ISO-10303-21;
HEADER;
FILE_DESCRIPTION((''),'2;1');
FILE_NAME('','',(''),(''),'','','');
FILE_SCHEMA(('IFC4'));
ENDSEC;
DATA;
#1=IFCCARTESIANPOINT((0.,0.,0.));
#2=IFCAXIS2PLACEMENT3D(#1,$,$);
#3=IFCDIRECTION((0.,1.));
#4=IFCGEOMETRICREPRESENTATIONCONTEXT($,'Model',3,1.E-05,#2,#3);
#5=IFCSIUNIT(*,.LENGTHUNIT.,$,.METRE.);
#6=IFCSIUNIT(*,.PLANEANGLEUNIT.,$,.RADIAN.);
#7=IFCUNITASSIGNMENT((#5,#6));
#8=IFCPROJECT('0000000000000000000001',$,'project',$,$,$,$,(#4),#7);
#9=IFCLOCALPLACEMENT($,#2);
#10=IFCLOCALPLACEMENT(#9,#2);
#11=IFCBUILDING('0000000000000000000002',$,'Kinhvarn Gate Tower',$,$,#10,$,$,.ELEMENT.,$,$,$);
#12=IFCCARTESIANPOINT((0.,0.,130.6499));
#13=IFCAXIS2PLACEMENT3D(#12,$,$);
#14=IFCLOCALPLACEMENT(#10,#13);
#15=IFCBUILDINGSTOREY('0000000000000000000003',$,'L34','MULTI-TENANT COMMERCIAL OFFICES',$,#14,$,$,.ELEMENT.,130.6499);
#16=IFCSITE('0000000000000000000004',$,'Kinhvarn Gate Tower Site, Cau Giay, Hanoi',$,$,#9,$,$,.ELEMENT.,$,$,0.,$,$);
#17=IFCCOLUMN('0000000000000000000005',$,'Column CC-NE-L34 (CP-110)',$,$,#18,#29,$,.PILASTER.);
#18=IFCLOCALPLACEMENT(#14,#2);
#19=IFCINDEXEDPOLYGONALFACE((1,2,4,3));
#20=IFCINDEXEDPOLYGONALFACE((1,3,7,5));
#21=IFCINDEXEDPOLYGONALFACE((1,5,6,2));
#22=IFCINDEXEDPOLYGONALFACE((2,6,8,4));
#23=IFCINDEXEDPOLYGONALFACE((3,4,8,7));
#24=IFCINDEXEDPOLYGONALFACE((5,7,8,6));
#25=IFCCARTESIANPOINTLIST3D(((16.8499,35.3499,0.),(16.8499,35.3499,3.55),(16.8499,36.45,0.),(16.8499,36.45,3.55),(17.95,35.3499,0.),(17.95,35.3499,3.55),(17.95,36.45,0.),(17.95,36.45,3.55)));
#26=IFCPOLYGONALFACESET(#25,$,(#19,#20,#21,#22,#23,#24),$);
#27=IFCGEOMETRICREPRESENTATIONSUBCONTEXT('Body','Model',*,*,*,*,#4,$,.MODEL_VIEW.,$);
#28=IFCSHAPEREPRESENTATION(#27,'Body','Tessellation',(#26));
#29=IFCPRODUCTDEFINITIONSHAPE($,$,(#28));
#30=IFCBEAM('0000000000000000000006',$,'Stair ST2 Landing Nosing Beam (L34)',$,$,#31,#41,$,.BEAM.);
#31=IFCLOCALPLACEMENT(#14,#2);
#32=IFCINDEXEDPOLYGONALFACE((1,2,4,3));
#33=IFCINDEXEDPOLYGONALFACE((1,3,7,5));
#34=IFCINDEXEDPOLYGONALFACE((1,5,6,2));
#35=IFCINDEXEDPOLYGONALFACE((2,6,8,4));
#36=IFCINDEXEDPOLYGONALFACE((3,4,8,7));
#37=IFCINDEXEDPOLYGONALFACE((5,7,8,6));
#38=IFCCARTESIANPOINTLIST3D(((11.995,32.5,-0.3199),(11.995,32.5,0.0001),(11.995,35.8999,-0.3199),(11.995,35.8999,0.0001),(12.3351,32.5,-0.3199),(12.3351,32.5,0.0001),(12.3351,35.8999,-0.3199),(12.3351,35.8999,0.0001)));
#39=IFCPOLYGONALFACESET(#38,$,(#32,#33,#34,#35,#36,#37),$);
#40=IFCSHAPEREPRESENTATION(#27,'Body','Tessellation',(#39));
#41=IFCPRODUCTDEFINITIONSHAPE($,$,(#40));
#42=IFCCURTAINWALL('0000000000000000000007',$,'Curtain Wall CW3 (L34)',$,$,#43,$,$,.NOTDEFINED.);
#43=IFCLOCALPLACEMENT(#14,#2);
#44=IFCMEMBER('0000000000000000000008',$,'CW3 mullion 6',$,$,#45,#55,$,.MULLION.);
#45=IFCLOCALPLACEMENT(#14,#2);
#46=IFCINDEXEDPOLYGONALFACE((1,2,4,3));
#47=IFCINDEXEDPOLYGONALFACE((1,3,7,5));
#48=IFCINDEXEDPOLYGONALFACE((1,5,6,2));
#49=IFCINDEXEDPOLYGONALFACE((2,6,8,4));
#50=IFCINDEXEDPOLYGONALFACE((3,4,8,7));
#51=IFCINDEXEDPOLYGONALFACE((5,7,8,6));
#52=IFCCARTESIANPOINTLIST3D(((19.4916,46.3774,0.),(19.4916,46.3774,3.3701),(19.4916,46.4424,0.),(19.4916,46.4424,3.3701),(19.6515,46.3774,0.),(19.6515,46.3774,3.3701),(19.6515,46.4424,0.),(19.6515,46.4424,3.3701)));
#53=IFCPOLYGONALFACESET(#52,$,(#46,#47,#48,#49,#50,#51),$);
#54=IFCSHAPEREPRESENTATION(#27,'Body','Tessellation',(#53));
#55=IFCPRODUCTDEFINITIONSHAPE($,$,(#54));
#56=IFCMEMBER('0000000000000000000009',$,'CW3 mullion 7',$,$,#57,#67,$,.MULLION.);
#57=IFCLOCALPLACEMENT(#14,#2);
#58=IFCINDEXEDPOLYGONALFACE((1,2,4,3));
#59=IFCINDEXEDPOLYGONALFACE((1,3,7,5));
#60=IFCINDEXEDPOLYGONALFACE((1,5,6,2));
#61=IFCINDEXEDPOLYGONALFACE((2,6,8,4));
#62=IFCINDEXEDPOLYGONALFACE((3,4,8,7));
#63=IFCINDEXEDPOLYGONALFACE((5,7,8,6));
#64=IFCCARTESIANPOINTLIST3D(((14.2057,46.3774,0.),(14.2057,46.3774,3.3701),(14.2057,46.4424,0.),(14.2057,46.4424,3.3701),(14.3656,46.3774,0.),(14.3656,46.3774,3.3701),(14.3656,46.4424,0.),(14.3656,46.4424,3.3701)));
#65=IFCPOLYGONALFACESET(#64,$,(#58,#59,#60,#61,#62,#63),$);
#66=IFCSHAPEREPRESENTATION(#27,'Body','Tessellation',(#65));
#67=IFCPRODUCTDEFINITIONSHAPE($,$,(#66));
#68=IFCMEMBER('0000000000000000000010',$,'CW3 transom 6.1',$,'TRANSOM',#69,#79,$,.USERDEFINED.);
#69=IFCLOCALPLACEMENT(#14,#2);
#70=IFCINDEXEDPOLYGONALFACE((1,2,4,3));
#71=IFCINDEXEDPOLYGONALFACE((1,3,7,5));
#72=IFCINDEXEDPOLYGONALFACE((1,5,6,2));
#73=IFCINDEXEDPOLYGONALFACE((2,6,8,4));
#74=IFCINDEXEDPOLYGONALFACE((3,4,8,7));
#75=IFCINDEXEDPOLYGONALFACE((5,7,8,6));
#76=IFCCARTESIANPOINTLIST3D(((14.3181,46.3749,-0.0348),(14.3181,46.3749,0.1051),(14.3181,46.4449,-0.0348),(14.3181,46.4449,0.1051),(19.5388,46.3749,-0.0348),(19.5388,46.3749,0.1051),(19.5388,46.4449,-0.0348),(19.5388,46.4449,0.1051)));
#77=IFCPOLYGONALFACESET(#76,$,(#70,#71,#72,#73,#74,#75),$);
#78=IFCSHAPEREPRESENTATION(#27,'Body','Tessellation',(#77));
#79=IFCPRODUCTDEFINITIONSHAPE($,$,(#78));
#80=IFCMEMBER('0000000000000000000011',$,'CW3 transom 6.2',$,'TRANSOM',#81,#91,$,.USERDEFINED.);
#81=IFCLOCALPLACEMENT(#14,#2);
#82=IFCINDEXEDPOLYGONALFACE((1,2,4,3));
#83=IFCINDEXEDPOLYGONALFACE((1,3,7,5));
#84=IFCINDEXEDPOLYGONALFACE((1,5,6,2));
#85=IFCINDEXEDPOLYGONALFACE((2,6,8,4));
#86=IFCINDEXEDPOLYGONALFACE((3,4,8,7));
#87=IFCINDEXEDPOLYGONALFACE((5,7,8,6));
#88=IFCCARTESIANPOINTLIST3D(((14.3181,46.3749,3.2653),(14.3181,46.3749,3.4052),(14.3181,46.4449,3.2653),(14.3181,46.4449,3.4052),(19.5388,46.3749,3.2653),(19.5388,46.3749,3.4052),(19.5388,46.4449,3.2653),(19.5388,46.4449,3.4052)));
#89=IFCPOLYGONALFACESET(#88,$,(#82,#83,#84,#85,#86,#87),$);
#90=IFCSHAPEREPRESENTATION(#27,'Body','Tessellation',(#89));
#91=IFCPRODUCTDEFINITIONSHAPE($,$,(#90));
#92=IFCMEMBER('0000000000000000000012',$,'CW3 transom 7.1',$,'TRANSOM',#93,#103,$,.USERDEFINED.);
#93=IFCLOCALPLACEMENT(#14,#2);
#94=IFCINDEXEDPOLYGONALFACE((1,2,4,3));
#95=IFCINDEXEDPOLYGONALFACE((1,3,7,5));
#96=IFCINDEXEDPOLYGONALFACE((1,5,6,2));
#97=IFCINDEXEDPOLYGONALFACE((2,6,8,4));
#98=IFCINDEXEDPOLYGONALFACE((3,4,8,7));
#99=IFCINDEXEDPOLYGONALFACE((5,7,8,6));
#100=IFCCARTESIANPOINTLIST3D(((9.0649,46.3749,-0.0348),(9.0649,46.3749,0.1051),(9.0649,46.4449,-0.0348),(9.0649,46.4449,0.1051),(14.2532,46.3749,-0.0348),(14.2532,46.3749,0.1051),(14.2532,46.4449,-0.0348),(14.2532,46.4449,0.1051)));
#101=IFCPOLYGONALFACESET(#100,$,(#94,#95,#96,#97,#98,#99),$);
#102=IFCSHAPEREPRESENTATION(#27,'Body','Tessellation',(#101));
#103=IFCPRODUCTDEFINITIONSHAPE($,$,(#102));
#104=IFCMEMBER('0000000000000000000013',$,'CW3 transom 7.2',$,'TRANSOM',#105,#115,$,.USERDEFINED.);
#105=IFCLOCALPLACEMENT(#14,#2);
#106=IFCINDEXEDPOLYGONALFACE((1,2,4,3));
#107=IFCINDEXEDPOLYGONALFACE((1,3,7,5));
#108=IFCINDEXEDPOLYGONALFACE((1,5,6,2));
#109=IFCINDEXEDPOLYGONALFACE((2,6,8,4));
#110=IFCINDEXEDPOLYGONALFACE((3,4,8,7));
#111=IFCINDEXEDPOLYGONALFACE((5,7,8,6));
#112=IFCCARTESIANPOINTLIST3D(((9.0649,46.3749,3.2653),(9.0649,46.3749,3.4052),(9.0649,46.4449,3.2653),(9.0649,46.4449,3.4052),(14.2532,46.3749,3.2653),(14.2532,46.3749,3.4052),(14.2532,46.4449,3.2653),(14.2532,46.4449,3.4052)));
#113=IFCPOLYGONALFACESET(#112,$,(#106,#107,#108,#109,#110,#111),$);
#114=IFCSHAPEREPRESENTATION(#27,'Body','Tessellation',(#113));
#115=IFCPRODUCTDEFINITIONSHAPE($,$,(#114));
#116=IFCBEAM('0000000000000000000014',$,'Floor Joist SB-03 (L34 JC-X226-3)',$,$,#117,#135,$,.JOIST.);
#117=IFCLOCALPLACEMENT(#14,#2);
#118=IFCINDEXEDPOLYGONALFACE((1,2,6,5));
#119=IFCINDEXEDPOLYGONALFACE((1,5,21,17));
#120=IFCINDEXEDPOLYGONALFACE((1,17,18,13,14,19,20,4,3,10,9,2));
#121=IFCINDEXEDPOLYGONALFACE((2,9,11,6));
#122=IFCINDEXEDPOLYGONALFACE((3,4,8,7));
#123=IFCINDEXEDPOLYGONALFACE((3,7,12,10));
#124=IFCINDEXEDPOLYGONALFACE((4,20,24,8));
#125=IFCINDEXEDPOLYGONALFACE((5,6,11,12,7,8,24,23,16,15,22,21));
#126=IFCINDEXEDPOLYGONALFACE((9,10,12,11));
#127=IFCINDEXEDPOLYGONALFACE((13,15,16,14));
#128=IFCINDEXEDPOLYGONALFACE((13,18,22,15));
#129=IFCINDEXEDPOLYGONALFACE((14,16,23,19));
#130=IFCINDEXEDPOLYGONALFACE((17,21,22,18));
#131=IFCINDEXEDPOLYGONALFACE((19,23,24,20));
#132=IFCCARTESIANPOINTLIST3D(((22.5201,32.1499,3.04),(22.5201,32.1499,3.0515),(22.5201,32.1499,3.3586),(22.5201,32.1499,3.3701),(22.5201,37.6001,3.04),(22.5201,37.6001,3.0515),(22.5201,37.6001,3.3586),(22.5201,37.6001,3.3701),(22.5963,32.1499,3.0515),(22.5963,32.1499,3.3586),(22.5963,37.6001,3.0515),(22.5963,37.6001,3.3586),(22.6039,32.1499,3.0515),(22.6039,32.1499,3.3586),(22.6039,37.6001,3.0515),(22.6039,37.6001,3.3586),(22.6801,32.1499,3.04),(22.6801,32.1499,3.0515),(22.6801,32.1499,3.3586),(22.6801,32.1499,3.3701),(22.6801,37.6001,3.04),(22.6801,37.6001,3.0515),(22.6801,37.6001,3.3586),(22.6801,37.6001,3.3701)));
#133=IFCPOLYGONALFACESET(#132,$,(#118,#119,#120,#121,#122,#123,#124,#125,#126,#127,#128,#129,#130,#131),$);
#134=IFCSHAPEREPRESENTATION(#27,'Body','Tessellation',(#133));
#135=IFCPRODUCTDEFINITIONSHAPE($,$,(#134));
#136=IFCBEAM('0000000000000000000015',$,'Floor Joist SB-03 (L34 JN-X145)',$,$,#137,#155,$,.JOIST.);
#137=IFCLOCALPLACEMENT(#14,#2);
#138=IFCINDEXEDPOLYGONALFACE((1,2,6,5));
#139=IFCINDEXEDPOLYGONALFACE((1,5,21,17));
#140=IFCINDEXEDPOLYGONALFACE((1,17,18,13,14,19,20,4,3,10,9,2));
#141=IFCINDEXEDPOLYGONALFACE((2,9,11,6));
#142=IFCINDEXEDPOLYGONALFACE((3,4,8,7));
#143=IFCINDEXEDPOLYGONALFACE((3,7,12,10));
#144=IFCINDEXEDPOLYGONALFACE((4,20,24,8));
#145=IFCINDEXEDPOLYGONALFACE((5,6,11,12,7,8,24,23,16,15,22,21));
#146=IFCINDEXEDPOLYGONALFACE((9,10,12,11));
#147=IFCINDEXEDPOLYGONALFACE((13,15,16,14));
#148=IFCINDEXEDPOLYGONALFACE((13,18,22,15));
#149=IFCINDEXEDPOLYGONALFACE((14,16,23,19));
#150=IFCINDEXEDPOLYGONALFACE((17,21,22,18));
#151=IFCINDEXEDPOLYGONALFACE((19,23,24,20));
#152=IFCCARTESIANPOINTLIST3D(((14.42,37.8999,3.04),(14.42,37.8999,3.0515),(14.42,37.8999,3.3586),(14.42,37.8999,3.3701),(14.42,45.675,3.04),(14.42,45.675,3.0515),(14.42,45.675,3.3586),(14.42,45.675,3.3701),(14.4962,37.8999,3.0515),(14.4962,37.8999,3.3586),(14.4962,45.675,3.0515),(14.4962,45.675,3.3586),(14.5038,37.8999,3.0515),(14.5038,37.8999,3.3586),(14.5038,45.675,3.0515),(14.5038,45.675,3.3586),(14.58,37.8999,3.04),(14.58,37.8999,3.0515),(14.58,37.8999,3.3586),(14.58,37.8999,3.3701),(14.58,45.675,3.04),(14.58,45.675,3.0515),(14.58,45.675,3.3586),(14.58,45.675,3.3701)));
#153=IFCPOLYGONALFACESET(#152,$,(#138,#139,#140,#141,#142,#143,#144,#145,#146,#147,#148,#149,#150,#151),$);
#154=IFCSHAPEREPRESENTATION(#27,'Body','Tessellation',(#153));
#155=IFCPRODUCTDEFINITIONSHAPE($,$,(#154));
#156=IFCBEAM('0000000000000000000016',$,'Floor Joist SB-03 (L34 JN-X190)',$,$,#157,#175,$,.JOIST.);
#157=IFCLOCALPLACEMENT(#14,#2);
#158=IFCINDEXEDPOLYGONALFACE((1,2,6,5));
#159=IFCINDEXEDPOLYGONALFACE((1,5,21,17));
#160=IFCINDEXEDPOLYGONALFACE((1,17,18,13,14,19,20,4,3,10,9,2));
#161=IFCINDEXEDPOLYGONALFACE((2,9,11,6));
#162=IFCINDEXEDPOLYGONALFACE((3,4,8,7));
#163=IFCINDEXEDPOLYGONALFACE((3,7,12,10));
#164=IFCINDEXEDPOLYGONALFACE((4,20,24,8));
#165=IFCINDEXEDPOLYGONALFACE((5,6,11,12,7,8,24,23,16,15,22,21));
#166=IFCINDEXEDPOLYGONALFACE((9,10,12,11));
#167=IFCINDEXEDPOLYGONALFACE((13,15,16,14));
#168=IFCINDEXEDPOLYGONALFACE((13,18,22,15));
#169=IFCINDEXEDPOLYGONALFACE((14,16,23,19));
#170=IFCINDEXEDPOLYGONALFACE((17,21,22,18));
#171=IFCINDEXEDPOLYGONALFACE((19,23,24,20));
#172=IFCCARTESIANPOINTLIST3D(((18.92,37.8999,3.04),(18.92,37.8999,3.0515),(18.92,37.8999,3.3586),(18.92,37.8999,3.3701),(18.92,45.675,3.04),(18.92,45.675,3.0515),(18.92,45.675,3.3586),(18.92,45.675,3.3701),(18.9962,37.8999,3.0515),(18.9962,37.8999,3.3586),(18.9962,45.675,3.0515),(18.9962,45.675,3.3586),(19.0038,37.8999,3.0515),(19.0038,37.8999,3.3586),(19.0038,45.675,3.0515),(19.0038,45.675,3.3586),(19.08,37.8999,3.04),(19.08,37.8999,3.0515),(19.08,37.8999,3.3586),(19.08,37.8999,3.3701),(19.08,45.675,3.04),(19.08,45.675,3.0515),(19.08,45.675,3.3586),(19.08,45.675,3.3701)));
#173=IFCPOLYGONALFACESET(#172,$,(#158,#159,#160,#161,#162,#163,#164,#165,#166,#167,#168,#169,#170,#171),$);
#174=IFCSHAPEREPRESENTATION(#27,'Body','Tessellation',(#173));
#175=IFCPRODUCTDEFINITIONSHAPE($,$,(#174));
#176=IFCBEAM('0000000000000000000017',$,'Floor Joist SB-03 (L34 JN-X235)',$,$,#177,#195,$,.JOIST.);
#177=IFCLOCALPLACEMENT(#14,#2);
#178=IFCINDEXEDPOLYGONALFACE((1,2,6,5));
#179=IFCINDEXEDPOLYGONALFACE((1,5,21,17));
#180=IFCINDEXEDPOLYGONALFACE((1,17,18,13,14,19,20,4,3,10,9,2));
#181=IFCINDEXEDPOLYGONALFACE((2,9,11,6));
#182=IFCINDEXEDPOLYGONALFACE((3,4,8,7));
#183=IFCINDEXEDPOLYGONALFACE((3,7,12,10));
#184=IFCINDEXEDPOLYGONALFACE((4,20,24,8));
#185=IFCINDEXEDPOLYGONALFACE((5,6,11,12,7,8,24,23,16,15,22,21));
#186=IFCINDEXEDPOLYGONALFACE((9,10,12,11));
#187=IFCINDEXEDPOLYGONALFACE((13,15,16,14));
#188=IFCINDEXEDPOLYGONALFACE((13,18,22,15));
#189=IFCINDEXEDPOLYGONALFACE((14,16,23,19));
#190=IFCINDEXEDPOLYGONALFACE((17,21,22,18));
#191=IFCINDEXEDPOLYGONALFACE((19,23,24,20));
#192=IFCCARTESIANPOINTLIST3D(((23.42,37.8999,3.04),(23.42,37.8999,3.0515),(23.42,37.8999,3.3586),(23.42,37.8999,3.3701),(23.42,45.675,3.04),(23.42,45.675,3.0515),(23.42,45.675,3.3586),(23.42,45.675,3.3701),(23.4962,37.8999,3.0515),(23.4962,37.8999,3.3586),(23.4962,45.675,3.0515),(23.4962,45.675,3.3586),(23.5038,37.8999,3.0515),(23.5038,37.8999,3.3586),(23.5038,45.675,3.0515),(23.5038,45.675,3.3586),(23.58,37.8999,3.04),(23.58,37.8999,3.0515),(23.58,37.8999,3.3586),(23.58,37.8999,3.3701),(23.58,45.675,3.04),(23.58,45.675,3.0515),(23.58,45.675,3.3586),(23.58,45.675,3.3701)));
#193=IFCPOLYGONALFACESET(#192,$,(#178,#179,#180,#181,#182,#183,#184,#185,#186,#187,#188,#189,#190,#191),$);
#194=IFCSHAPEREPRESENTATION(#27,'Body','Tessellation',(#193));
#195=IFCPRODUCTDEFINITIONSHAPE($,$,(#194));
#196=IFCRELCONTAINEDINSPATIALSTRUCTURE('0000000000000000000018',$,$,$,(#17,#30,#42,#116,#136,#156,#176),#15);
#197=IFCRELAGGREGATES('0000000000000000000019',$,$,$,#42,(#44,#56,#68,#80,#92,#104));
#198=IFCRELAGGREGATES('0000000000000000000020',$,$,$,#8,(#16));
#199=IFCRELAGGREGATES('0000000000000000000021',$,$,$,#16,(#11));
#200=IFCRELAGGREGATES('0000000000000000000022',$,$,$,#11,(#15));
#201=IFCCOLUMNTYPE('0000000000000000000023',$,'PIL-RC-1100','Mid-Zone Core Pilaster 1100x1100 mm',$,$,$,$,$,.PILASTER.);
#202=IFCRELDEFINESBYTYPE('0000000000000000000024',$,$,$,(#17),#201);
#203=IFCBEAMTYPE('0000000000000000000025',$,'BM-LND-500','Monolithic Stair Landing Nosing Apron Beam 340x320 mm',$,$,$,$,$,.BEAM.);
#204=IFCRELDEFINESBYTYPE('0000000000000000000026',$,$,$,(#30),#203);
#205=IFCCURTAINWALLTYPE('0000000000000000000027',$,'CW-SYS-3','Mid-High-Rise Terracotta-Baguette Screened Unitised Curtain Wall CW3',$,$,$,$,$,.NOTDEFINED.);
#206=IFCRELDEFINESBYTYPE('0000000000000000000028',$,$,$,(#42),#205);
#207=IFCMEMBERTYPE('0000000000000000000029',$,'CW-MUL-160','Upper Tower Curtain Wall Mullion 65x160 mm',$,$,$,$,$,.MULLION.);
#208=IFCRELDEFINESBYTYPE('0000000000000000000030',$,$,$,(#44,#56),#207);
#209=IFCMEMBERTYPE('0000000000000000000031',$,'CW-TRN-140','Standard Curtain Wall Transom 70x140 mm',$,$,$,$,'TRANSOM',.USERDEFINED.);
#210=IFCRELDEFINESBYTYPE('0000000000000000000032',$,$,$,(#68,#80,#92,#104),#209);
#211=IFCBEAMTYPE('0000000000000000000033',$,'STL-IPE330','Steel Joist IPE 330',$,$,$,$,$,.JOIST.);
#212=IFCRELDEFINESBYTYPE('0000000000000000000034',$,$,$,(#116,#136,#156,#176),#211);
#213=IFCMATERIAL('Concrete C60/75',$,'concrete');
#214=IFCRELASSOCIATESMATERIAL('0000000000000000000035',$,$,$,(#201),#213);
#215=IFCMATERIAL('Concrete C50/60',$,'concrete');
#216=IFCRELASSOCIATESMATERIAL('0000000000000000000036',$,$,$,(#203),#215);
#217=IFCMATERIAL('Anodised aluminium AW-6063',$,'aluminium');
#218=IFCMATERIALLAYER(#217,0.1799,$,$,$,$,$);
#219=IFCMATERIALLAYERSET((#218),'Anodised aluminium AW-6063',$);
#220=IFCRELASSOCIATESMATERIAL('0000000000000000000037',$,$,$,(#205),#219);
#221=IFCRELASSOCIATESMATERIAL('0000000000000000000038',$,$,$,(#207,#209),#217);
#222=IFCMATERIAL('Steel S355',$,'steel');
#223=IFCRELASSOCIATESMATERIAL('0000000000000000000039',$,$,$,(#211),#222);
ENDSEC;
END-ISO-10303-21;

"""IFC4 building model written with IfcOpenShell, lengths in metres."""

from ifc_helpers import new_model, si_unit, direction, frame, origin, origin_2d, place, context, subcontext, project, spatial, rectangle, i_section, extrude, material, layer, layer_set, material_profile, profile_set, type_object, element, aggregate, save


model = new_model("IFC4")

# Units and contexts
model_context = context("Model", 3, precision=1e-05, world=origin(), true_north=direction((0.0, 1.0)))
body_context = subcontext(model_context, "Body", "Model", "MODEL_VIEW")
ifc_project = project(units=[si_unit("LENGTHUNIT", "METRE"), si_unit("PLANEANGLEUNIT", "RADIAN")], contexts=[model_context])

# Site, building, storey
site_placement = place(None, origin())
site = spatial("IfcSite", under=ifc_project, at=site_placement, Name="Kinhvarn Gate Tower Site, Cau Giay, Hanoi", CompositionType="ELEMENT", RefElevation=0.0)
building_placement = place(site_placement, origin())
building = spatial("IfcBuilding", under=site, at=building_placement, Name="Kinhvarn Gate Tower", CompositionType="ELEMENT")
storey_placement = place(building_placement, frame((0.0, 0.0, 130.6499)))
storey = spatial("IfcBuildingStorey", under=building, at=storey_placement, Name="L34", Description="MULTI-TENANT COMMERCIAL OFFICES", CompositionType="ELEMENT", Elevation=130.6499)

# Column
ifc_material_1 = material(Name="Concrete C60/75", Category="concrete")
ifc_material_profile_1 = material_profile(ifc_material_1, rectangle(XDim=1.1001, YDim=1.1001, at=origin_2d()), Name="RC 1100x1100")
ifc_profile_set_1 = profile_set([ifc_material_profile_1], Name="Concrete C60/75")
column_type = type_object("IfcColumnType", Name="PIL-RC-1100", Description="Mid-Zone Core Pilaster 1100x1100 mm", PredefinedType="PILASTER", material=ifc_profile_set_1)
column_placement = place(storey_placement, frame((17.3999, 35.8999, 0.0), z_axis=(0.0, 0.0, 1.0), x_axis=(1.0, 0.0, 0.0)))
element("IfcColumn", 1, at=column_placement, inside=storey, type_object=column_type, Name="Column CC-NE-L34 (CP-110)", PredefinedType="PILASTER", context=body_context, shape_type="SweptSolid", body=[
    extrude(rectangle(XDim=1.1001, YDim=1.1001, at=origin_2d()), origin(), (0.0, 0.0, 1.0), 3.55),
])

# Beam
ifc_material_2 = material(Name="Concrete C50/60", Category="concrete")
ifc_material_profile_2 = material_profile(ifc_material_2, rectangle(XDim=0.3401, YDim=0.3201, at=origin_2d()), Name="RC 340x320")
ifc_profile_set_2 = profile_set([ifc_material_profile_2], Name="Concrete C50/60")
beam_type_1 = type_object("IfcBeamType", Name="BM-LND-500", Description="Monolithic Stair Landing Nosing Apron Beam 340x320 mm", PredefinedType="BEAM", material=ifc_profile_set_2)
beam_1_placement = place(storey_placement, frame((12.165, 32.5, -0.1599), z_axis=(0.0, 1.0, 0.0), x_axis=(-1.0, 0.0, 0.0)))
element("IfcBeam", 2, at=beam_1_placement, inside=storey, type_object=beam_type_1, Name="Stair ST2 Landing Nosing Beam (L34)", PredefinedType="BEAM", context=body_context, shape_type="SweptSolid", body=[
    extrude(rectangle(XDim=0.3401, YDim=0.3201, at=origin_2d()), origin(), (0.0, 0.0, 1.0), 3.3999),
])

# Curtain wall, members
ifc_material_3 = material(Name="Anodised aluminium AW-6063", Category="aluminium")
ifc_layer_1 = layer(ifc_material_3, 0.1799)
ifc_layer_set_1 = layer_set([ifc_layer_1], Name="Anodised aluminium AW-6063")
curtain_wall_type = type_object("IfcCurtainWallType", Name="CW-SYS-3", Description="Mid-High-Rise Terracotta-Baguette Screened Unitised Curtain Wall CW3", PredefinedType="NOTDEFINED", material=ifc_layer_set_1)
curtain_wall_placement = place(storey_placement, origin())
curtain_wall = element("IfcCurtainWall", 3, at=curtain_wall_placement, inside=storey, type_object=curtain_wall_type, Name="Curtain Wall CW3 (L34)", PredefinedType="NOTDEFINED")
ifc_material_profile_3 = material_profile(ifc_material_3, rectangle(XDim=0.0649, YDim=0.1599, at=origin_2d()), Name="ALU 65x160")
ifc_profile_set_3 = profile_set([ifc_material_profile_3], Name="Anodised aluminium AW-6063")
member_type_1 = type_object("IfcMemberType", Name="CW-MUL-160", Description="Upper Tower Curtain Wall Mullion 65x160 mm", PredefinedType="MULLION", material=ifc_profile_set_3)
member_1_placement = place(storey_placement, frame((19.5715, 46.4099, 0.0), z_axis=(0.0, 0.0, 1.0), x_axis=(0.0, -1.0, 0.0)))
member_1 = element("IfcMember", 4, at=member_1_placement, type_object=member_type_1, Name="CW3 mullion 6", PredefinedType="MULLION", context=body_context, shape_type="SweptSolid", body=[
    extrude(rectangle(XDim=0.0649, YDim=0.1599, at=origin_2d()), origin(), (0.0, 0.0, 1.0), 3.3701),
])
member_2_placement = place(storey_placement, frame((14.2856, 46.4099, 0.0), z_axis=(0.0, 0.0, 1.0), x_axis=(0.0, -1.0, 0.0)))
member_2 = element("IfcMember", 5, at=member_2_placement, type_object=member_type_1, Name="CW3 mullion 7", PredefinedType="MULLION", context=body_context, shape_type="SweptSolid", body=[
    extrude(rectangle(XDim=0.0649, YDim=0.1599, at=origin_2d()), origin(), (0.0, 0.0, 1.0), 3.3701),
])
ifc_material_profile_4 = material_profile(ifc_material_3, rectangle(XDim=0.0701, YDim=0.1399, at=origin_2d()), Name="ALU 70x140")
ifc_profile_set_4 = profile_set([ifc_material_profile_4], Name="Anodised aluminium AW-6063")
member_type_2 = type_object("IfcMemberType", Name="CW-TRN-140", Description="Standard Curtain Wall Transom 70x140 mm", ElementType="TRANSOM", PredefinedType="USERDEFINED", material=ifc_profile_set_4)
member_3_placement = place(storey_placement, frame((19.5388, 46.4099, 0.0352), z_axis=(-1.0, 0.0, 0.0), x_axis=(0.0, -1.0, 0.0)))
member_3 = element("IfcMember", 6, at=member_3_placement, type_object=member_type_2, Name="CW3 transom 6.1", ObjectType="TRANSOM", PredefinedType="USERDEFINED", context=body_context, shape_type="SweptSolid", body=[
    extrude(rectangle(XDim=0.0701, YDim=0.1399, at=origin_2d()), origin(), (0.0, 0.0, 1.0), 5.2207),
])
member_4_placement = place(storey_placement, frame((19.5388, 46.4099, 3.3352), z_axis=(-1.0, 0.0, 0.0), x_axis=(0.0, -1.0, 0.0)))
member_4 = element("IfcMember", 7, at=member_4_placement, type_object=member_type_2, Name="CW3 transom 6.2", ObjectType="TRANSOM", PredefinedType="USERDEFINED", context=body_context, shape_type="SweptSolid", body=[
    extrude(rectangle(XDim=0.0701, YDim=0.1399, at=origin_2d()), origin(), (0.0, 0.0, 1.0), 5.2207),
])
member_5_placement = place(storey_placement, frame((14.2532, 46.4099, 0.0352), z_axis=(-1.0, 0.0, 0.0), x_axis=(0.0, -1.0, 0.0)))
member_5 = element("IfcMember", 8, at=member_5_placement, type_object=member_type_2, Name="CW3 transom 7.1", ObjectType="TRANSOM", PredefinedType="USERDEFINED", context=body_context, shape_type="SweptSolid", body=[
    extrude(rectangle(XDim=0.0701, YDim=0.1399, at=origin_2d()), origin(), (0.0, 0.0, 1.0), 5.1882),
])
member_6_placement = place(storey_placement, frame((14.2532, 46.4099, 3.3352), z_axis=(-1.0, 0.0, 0.0), x_axis=(0.0, -1.0, 0.0)))
member_6 = element("IfcMember", 9, at=member_6_placement, type_object=member_type_2, Name="CW3 transom 7.2", ObjectType="TRANSOM", PredefinedType="USERDEFINED", context=body_context, shape_type="SweptSolid", body=[
    extrude(rectangle(XDim=0.0701, YDim=0.1399, at=origin_2d()), origin(), (0.0, 0.0, 1.0), 5.1882),
])

# Beams
ifc_material_4 = material(Name="Steel S355", Category="steel")
ifc_material_profile_5 = material_profile(ifc_material_4, i_section(OverallWidth=0.1599, OverallDepth=0.3301, WebThickness=0.0076, FlangeThickness=0.0115, at=origin_2d()), Name="IPE 330")
ifc_profile_set_5 = profile_set([ifc_material_profile_5], Name="Steel S355")
beam_type_2 = type_object("IfcBeamType", Name="STL-IPE330", Description="Steel Joist IPE 330", PredefinedType="JOIST", material=ifc_profile_set_5)
beam_2_placement = place(storey_placement, frame((22.6001, 32.1499, 3.2051), z_axis=(0.0, 1.0, 0.0), x_axis=(-1.0, 0.0, 0.0)))
element("IfcBeam", 10, at=beam_2_placement, inside=storey, type_object=beam_type_2, Name="Floor Joist SB-03 (L34 JC-X226-3)", PredefinedType="JOIST", context=body_context, shape_type="SweptSolid", body=[
    extrude(i_section(OverallWidth=0.1599, OverallDepth=0.3301, WebThickness=0.0076, FlangeThickness=0.0115, at=origin_2d()), origin(), (0.0, 0.0, 1.0), 5.4502),
])
for number, where, z_axis, x_axis, name in (
    (11, (14.5, 37.8999, 3.2051), (0.0, 1.0, 0.0), (-1.0, 0.0, 0.0), "Floor Joist SB-03 (L34 JN-X145)"),
    (12, (19.0, 37.8999, 3.2051), (0.0, 1.0, 0.0), (-1.0, 0.0, 0.0), "Floor Joist SB-03 (L34 JN-X190)"),
    (13, (23.5, 37.8999, 3.2051), (0.0, 1.0, 0.0), (-1.0, 0.0, 0.0), "Floor Joist SB-03 (L34 JN-X235)"),
):
    element("IfcBeam", number, at=place(storey_placement, frame(where, z_axis=z_axis, x_axis=x_axis)), inside=storey, type_object=beam_type_2, Name=name, PredefinedType="JOIST", context=body_context, shape_type="SweptSolid", body=[
        extrude(i_section(OverallWidth=0.1599, OverallDepth=0.3301, WebThickness=0.0076, FlangeThickness=0.0115, at=origin_2d()), origin(), (0.0, 0.0, 1.0), 7.7751),
    ])

aggregate(curtain_wall, [member_1, member_2, member_3, member_4, member_5, member_6])

save(model, "model.ifc")
